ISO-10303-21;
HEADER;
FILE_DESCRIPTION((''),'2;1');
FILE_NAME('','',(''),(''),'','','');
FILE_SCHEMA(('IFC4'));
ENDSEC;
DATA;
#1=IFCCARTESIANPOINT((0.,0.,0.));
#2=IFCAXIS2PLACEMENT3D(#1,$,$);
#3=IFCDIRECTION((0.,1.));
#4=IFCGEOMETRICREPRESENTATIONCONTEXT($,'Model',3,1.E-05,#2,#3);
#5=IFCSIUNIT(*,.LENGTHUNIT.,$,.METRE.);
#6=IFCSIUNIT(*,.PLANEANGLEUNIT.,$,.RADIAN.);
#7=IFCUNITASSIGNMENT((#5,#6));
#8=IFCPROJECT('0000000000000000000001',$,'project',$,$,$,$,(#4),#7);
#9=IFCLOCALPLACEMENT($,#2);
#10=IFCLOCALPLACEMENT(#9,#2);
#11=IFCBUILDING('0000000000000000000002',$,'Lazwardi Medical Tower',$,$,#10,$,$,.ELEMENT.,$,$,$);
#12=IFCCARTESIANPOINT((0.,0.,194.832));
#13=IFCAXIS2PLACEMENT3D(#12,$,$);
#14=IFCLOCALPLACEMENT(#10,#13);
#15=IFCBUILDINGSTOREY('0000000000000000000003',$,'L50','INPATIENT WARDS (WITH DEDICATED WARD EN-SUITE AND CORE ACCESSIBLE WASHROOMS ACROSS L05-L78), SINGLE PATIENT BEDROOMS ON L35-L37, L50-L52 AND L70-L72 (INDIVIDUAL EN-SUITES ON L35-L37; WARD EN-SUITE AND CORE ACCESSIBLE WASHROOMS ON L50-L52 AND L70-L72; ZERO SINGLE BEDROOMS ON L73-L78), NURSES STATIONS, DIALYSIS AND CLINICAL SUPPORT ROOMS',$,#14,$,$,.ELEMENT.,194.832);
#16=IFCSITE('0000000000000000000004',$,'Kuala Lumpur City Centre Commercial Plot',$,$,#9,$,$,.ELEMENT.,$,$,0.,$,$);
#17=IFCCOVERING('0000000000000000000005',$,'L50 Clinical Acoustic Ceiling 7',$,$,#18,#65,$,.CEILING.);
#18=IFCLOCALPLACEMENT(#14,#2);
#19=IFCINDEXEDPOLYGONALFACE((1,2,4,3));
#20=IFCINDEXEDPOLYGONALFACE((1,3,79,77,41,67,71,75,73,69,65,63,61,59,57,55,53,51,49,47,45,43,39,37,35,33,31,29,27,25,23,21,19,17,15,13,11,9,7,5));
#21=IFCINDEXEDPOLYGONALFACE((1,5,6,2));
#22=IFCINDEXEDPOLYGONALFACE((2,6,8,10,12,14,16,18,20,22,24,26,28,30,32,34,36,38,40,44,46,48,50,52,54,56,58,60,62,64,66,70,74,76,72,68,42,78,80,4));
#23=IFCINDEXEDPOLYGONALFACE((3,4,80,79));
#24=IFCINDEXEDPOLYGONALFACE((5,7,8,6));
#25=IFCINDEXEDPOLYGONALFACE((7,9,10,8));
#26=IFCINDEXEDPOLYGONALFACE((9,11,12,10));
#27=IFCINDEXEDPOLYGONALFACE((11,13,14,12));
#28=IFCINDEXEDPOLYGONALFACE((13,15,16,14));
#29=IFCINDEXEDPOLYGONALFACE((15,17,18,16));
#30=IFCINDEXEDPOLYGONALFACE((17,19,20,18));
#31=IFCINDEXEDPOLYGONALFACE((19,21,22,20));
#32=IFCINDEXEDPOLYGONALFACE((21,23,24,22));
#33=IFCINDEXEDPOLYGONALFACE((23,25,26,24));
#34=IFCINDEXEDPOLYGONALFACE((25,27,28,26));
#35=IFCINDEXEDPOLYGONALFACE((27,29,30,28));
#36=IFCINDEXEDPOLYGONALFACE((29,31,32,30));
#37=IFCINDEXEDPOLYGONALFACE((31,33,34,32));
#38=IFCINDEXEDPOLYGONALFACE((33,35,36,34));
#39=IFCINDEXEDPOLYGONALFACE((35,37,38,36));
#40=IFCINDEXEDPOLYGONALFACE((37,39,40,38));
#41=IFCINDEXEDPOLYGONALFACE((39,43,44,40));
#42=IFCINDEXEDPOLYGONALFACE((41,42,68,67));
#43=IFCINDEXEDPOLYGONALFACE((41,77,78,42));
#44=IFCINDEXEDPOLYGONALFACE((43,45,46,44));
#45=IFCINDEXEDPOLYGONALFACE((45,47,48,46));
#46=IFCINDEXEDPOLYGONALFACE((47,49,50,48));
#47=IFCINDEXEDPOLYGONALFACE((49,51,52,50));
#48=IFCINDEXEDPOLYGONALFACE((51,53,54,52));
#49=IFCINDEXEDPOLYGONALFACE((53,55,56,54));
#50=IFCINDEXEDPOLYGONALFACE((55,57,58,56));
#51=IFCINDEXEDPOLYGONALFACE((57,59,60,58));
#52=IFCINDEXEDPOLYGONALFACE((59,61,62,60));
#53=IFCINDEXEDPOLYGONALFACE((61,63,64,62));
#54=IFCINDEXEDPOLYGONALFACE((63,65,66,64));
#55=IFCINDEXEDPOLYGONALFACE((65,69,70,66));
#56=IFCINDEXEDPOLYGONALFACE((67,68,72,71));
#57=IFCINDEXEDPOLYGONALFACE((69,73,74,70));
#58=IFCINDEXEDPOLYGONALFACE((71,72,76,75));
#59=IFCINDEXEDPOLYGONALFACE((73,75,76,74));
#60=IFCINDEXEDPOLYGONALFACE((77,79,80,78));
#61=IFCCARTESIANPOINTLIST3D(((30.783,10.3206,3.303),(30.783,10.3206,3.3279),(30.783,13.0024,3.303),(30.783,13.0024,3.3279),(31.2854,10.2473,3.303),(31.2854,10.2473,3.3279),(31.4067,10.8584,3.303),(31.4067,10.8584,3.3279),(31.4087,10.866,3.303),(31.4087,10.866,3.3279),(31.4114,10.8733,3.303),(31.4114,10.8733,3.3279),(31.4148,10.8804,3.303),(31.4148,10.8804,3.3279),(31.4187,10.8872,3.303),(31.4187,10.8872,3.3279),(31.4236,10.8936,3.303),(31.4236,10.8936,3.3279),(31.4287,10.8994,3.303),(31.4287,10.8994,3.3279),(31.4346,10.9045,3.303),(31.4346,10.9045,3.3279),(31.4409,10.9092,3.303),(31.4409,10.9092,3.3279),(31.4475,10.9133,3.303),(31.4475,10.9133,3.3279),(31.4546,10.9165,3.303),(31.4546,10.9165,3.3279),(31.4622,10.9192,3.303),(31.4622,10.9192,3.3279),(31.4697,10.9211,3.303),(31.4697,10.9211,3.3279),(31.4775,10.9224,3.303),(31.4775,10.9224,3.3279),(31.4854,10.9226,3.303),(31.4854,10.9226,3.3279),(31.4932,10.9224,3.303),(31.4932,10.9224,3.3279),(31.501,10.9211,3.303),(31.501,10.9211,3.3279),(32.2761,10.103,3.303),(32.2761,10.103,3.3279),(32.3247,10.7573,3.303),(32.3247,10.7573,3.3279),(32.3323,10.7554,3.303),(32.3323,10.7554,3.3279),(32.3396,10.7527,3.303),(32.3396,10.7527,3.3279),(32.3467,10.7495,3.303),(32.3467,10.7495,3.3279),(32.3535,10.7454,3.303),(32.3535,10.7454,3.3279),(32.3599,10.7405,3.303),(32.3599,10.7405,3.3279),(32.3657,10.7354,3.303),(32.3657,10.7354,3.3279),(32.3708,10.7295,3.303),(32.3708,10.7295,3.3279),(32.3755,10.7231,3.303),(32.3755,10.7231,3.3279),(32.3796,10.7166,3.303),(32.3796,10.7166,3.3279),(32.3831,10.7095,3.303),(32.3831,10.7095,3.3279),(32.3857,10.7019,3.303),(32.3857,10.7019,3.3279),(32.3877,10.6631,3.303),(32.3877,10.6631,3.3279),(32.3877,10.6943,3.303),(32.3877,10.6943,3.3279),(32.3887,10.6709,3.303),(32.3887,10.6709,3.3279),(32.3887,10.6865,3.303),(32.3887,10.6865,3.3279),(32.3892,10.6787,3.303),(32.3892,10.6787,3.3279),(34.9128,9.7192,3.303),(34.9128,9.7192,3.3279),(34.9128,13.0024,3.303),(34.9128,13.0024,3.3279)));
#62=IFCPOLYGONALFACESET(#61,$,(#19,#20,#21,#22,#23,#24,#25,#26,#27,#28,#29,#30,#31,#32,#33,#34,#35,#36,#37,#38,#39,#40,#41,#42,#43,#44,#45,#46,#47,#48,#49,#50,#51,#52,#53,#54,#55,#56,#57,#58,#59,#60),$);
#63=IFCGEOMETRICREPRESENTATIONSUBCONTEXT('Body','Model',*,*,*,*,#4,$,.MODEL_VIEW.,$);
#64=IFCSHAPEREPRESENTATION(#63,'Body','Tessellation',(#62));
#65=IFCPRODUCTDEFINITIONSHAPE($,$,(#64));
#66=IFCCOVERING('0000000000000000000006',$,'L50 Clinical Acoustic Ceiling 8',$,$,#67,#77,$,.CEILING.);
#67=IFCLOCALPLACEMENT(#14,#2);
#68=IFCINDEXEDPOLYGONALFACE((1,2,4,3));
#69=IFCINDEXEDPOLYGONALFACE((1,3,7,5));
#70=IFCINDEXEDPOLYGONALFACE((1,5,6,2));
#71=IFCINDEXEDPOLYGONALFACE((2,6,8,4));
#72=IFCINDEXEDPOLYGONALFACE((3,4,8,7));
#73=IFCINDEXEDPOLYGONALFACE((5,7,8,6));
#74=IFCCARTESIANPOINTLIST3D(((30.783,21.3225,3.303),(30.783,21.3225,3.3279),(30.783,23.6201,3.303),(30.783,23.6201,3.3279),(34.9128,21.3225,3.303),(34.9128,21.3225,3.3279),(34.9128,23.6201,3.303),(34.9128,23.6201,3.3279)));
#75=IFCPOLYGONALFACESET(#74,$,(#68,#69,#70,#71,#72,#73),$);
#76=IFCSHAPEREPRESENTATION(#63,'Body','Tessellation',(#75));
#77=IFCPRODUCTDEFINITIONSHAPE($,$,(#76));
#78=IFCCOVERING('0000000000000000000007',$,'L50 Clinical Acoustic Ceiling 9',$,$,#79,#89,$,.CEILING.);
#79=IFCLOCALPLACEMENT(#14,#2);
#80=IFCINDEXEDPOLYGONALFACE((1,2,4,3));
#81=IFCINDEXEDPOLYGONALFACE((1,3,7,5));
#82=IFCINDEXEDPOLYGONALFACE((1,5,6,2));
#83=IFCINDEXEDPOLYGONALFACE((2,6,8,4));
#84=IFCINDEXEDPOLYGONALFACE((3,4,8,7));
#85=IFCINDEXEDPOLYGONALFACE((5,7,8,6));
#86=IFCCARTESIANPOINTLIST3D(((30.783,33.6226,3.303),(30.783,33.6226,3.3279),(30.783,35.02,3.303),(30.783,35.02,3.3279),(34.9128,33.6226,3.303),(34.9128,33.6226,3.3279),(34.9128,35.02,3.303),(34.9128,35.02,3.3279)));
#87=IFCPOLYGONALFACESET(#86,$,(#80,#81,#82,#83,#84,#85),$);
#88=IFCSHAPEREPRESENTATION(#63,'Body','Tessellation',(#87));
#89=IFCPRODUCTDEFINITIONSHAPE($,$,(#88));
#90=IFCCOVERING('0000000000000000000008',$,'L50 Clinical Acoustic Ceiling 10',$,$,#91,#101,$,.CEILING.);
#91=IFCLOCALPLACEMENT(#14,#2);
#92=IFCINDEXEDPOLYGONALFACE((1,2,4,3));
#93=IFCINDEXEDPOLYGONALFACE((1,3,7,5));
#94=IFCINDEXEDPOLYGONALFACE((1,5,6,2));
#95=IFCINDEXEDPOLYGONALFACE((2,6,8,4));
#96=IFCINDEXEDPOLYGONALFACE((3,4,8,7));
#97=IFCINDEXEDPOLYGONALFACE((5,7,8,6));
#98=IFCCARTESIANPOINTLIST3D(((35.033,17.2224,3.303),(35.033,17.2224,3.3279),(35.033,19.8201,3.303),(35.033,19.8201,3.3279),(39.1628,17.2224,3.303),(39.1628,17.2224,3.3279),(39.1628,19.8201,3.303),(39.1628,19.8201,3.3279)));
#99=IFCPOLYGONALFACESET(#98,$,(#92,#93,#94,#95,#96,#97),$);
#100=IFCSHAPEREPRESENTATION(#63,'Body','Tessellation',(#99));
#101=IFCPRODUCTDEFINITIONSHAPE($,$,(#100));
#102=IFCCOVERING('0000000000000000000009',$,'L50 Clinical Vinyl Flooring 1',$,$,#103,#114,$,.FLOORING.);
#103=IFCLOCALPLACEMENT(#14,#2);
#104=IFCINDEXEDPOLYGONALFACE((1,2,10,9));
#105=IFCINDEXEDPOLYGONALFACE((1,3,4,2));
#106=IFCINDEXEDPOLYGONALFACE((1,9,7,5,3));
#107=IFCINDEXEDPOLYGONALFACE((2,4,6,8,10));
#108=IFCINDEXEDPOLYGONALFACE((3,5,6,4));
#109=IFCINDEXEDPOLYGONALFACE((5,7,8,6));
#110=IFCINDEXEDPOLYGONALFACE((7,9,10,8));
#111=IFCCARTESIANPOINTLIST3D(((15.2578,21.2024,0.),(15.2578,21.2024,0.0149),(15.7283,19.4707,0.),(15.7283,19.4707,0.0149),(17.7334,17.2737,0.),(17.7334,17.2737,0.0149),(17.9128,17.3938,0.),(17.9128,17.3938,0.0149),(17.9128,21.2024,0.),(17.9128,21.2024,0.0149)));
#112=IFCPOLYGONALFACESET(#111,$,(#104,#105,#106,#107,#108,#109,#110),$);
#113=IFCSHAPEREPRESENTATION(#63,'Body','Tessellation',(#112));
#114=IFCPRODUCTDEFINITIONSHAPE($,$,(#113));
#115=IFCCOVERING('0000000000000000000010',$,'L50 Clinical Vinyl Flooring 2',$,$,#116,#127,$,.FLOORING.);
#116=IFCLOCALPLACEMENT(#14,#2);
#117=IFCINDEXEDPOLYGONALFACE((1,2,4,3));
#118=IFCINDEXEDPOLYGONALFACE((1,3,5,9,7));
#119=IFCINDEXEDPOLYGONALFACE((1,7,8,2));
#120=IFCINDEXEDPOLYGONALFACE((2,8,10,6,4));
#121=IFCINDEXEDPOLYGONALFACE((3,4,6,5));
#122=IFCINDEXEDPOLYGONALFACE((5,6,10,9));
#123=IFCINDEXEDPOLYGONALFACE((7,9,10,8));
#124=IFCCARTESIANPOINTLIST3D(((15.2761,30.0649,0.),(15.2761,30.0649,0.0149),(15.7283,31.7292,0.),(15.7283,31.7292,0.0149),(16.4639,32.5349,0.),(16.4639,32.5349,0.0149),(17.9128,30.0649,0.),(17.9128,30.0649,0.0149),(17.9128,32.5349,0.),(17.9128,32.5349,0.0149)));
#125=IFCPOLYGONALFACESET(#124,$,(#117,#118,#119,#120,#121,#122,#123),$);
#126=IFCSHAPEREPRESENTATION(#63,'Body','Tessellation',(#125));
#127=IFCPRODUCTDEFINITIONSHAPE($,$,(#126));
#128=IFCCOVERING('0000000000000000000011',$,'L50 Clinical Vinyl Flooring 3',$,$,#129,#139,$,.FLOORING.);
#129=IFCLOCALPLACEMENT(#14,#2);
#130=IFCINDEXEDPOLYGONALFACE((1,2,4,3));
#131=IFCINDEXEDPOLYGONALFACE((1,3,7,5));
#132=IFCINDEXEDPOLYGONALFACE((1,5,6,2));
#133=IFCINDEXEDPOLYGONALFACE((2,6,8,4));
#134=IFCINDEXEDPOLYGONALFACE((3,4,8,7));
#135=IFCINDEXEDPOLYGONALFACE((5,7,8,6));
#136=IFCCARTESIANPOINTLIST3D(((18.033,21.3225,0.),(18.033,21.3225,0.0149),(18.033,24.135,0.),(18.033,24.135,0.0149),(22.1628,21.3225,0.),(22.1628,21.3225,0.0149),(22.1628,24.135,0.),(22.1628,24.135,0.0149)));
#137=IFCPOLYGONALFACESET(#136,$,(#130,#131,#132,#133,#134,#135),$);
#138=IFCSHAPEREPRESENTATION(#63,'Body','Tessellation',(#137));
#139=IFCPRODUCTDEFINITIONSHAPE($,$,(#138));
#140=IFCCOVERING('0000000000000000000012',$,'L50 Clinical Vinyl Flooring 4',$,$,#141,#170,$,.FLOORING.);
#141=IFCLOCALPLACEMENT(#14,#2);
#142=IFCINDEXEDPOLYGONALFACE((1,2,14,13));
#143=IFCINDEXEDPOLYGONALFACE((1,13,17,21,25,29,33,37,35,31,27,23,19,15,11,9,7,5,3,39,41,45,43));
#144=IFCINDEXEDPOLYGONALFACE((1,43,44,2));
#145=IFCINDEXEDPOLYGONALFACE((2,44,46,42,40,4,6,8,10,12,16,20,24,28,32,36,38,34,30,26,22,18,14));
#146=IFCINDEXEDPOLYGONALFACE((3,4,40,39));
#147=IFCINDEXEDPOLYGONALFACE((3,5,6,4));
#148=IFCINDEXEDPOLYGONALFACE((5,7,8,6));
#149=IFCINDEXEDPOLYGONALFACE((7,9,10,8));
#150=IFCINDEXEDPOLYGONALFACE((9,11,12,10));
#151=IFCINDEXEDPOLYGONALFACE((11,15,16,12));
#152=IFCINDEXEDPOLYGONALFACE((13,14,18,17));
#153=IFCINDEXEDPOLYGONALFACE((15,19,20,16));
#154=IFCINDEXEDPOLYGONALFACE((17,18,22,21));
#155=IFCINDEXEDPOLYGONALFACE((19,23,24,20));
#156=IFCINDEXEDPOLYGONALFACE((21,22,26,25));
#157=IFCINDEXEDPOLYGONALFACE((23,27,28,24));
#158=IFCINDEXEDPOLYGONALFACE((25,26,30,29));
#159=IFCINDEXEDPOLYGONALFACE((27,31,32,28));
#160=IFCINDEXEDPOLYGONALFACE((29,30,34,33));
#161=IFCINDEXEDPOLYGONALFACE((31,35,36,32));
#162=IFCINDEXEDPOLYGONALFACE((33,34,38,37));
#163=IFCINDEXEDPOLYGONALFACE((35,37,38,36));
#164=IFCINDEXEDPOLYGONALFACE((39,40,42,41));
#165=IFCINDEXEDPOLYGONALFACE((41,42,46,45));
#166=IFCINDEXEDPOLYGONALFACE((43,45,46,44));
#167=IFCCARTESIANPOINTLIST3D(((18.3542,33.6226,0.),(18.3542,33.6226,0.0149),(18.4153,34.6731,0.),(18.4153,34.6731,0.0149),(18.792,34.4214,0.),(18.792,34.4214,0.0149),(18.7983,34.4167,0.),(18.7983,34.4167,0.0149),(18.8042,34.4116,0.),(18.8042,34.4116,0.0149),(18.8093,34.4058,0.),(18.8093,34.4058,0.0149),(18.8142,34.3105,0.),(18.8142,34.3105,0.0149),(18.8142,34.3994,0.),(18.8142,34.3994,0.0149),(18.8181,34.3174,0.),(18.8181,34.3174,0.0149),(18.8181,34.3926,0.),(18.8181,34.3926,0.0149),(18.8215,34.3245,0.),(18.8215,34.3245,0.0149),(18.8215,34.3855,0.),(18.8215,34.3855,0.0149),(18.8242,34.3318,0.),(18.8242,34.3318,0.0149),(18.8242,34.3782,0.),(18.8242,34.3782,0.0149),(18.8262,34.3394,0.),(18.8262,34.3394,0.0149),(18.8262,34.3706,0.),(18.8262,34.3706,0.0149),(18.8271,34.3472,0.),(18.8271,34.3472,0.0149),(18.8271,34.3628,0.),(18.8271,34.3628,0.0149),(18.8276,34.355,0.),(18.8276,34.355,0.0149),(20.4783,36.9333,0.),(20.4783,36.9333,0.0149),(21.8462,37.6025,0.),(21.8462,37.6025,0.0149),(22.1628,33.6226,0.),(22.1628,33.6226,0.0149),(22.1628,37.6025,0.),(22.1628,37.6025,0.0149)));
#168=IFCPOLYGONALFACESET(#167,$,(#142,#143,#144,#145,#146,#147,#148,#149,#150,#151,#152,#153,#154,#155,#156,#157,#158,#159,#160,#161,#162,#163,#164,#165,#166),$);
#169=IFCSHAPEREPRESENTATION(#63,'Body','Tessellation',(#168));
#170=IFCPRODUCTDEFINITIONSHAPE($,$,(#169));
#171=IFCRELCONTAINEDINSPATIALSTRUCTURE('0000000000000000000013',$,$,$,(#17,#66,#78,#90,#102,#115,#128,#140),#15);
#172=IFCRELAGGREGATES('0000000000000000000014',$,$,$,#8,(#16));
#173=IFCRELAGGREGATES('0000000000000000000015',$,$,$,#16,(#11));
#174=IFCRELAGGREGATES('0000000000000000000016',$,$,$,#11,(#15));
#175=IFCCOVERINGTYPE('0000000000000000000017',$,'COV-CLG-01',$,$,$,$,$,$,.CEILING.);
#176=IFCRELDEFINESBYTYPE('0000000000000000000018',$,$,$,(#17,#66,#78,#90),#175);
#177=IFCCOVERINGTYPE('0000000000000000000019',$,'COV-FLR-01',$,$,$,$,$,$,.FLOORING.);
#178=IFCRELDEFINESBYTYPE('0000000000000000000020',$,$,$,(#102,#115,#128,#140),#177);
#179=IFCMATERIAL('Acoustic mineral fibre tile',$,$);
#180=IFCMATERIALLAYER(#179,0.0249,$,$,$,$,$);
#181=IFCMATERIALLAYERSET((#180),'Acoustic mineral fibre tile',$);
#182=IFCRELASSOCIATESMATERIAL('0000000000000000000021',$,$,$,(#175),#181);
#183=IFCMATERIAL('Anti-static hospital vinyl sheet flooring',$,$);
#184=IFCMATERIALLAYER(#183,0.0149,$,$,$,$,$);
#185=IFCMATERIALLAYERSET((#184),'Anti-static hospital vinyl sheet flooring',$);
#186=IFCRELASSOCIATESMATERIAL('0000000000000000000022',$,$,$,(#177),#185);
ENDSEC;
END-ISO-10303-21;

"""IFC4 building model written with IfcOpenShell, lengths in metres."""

from ifc_helpers import new_model, si_unit, direction, frame, origin, place, context, subcontext, project, spatial, polyline, outline, extrude, material, layer, layer_set, type_object, element, save


model = new_model("IFC4")

# Units and contexts
model_context = context("Model", 3, precision=1e-05, world=origin(), true_north=direction((0.0, 1.0)))
body_context = subcontext(model_context, "Body", "Model", "MODEL_VIEW")
ifc_project = project(units=[si_unit("LENGTHUNIT", "METRE"), si_unit("PLANEANGLEUNIT", "RADIAN")], contexts=[model_context])

# Site, building, storey
site_placement = place(None, origin())
site = spatial("IfcSite", under=ifc_project, at=site_placement, Name="Kuala Lumpur City Centre Commercial Plot", CompositionType="ELEMENT", RefElevation=0.0)
building_placement = place(site_placement, origin())
building = spatial("IfcBuilding", under=site, at=building_placement, Name="Lazwardi Medical Tower", CompositionType="ELEMENT")
storey_placement = place(building_placement, frame((0.0, 0.0, 194.832)))
storey = spatial("IfcBuildingStorey", under=building, at=storey_placement, Name="L50", Description="INPATIENT WARDS (WITH DEDICATED WARD EN-SUITE AND CORE ACCESSIBLE WASHROOMS ACROSS L05-L78), SINGLE PATIENT BEDROOMS ON L35-L37, L50-L52 AND L70-L72 (INDIVIDUAL EN-SUITES ON L35-L37; WARD EN-SUITE AND CORE ACCESSIBLE WASHROOMS ON L50-L52 AND L70-L72; ZERO SINGLE BEDROOMS ON L73-L78), NURSES STATIONS, DIALYSIS AND CLINICAL SUPPORT ROOMS", CompositionType="ELEMENT", Elevation=194.832)

# Coverings
ifc_material_1 = material(Name="Acoustic mineral fibre tile")
ifc_layer_1 = layer(ifc_material_1, 0.0249)
ifc_layer_set_1 = layer_set([ifc_layer_1], Name="Acoustic mineral fibre tile")
covering_type_1 = type_object("IfcCoveringType", Name="COV-CLG-01", PredefinedType="CEILING", material=ifc_layer_set_1)
covering_1_placement = place(storey_placement, frame((0.0, 0.0, 3.303)))
element("IfcCovering", 1, at=covering_1_placement, inside=storey, type_object=covering_type_1, Name="L50 Clinical Acoustic Ceiling 7", PredefinedType="CEILING", context=body_context, shape_type="SweptSolid", body=[
    extrude(outline(polyline([(30.783, 10.3206), (31.2854, 10.2473), (31.4067, 10.8584), (31.4087, 10.866), (31.4114, 10.8733), (31.4148, 10.8804), (31.4187, 10.8872), (31.4236, 10.8936), (31.4287, 10.8994), (31.4346, 10.9045), (31.4409, 10.9092), (31.4475, 10.9133), (31.4546, 10.9165), (31.4622, 10.9192), (31.4697, 10.9211), (31.4775, 10.9224), (31.4854, 10.9226), (31.4932, 10.9224), (31.501, 10.9211), (32.3247, 10.7573), (32.3323, 10.7554), (32.3396, 10.7527), (32.3467, 10.7495), (32.3535, 10.7454), (32.3599, 10.7405), (32.3657, 10.7354), (32.3708, 10.7295), (32.3755, 10.7231), (32.3796, 10.7166), (32.3831, 10.7095), (32.3857, 10.7019), (32.3877, 10.6943), (32.3887, 10.6865), (32.3892, 10.6787), (32.3887, 10.6709), (32.3877, 10.6631), (32.2761, 10.103), (34.9128, 9.7192), (34.9128, 13.0024), (30.783, 13.0024), (30.783, 10.3206)])), origin(), (0.0, 0.0, 1.0), 0.0249),
])
covering_2_placement = place(storey_placement, frame((0.0, 0.0, 3.303)))
element("IfcCovering", 2, at=covering_2_placement, inside=storey, type_object=covering_type_1, Name="L50 Clinical Acoustic Ceiling 8", PredefinedType="CEILING", context=body_context, shape_type="SweptSolid", body=[
    extrude(outline(polyline([(34.9128, 23.6201), (30.783, 23.6201), (30.783, 21.3225), (34.9128, 21.3225), (34.9128, 23.6201)])), origin(), (0.0, 0.0, 1.0), 0.0249),
])
covering_3_placement = place(storey_placement, frame((0.0, 0.0, 3.303)))
element("IfcCovering", 3, at=covering_3_placement, inside=storey, type_object=covering_type_1, Name="L50 Clinical Acoustic Ceiling 9", PredefinedType="CEILING", context=body_context, shape_type="SweptSolid", body=[
    extrude(outline(polyline([(34.9128, 35.02), (30.783, 35.02), (30.783, 33.6226), (34.9128, 33.6226), (34.9128, 35.02)])), origin(), (0.0, 0.0, 1.0), 0.0249),
])
covering_4_placement = place(storey_placement, frame((0.0, 0.0, 3.303)))
element("IfcCovering", 4, at=covering_4_placement, inside=storey, type_object=covering_type_1, Name="L50 Clinical Acoustic Ceiling 10", PredefinedType="CEILING", context=body_context, shape_type="SweptSolid", body=[
    extrude(outline(polyline([(39.1628, 19.8201), (35.033, 19.8201), (35.033, 17.2224), (39.1628, 17.2224), (39.1628, 19.8201)])), origin(), (0.0, 0.0, 1.0), 0.0249),
])
ifc_material_2 = material(Name="Anti-static hospital vinyl sheet flooring")
ifc_layer_2 = layer(ifc_material_2, 0.0149)
ifc_layer_set_2 = layer_set([ifc_layer_2], Name="Anti-static hospital vinyl sheet flooring")
covering_type_2 = type_object("IfcCoveringType", Name="COV-FLR-01", PredefinedType="FLOORING", material=ifc_layer_set_2)
covering_5_placement = place(storey_placement, origin())
element("IfcCovering", 5, at=covering_5_placement, inside=storey, type_object=covering_type_2, Name="L50 Clinical Vinyl Flooring 1", PredefinedType="FLOORING", context=body_context, shape_type="SweptSolid", body=[
    extrude(outline(polyline([(15.2578, 21.2024), (15.7283, 19.4707), (17.7334, 17.2737), (17.9128, 17.3938), (17.9128, 21.2024), (15.2578, 21.2024)])), origin(), (0.0, 0.0, 1.0), 0.0149),
])
covering_6_placement = place(storey_placement, origin())
element("IfcCovering", 6, at=covering_6_placement, inside=storey, type_object=covering_type_2, Name="L50 Clinical Vinyl Flooring 2", PredefinedType="FLOORING", context=body_context, shape_type="SweptSolid", body=[
    extrude(outline(polyline([(17.9128, 32.5349), (16.4639, 32.5349), (15.7283, 31.7292), (15.2761, 30.0649), (17.9128, 30.0649), (17.9128, 32.5349)])), origin(), (0.0, 0.0, 1.0), 0.0149),
])
covering_7_placement = place(storey_placement, origin())
element("IfcCovering", 7, at=covering_7_placement, inside=storey, type_object=covering_type_2, Name="L50 Clinical Vinyl Flooring 3", PredefinedType="FLOORING", context=body_context, shape_type="SweptSolid", body=[
    extrude(outline(polyline([(22.1628, 24.135), (18.033, 24.135), (18.033, 21.3225), (22.1628, 21.3225), (22.1628, 24.135)])), origin(), (0.0, 0.0, 1.0), 0.0149),
])
covering_8_placement = place(storey_placement, origin())
element("IfcCovering", 8, at=covering_8_placement, inside=storey, type_object=covering_type_2, Name="L50 Clinical Vinyl Flooring 4", PredefinedType="FLOORING", context=body_context, shape_type="SweptSolid", body=[
    extrude(outline(polyline([(21.8462, 37.6025), (20.4783, 36.9333), (18.4153, 34.6731), (18.792, 34.4214), (18.7983, 34.4167), (18.8042, 34.4116), (18.8093, 34.4058), (18.8142, 34.3994), (18.8181, 34.3926), (18.8215, 34.3855), (18.8242, 34.3782), (18.8262, 34.3706), (18.8271, 34.3628), (18.8276, 34.355), (18.8271, 34.3472), (18.8262, 34.3394), (18.8242, 34.3318), (18.8215, 34.3245), (18.8181, 34.3174), (18.8142, 34.3105), (18.3542, 33.6226), (22.1628, 33.6226), (22.1628, 37.6025), (21.8462, 37.6025)])), origin(), (0.0, 0.0, 1.0), 0.0149),
])

save(model, "model.ifc")
